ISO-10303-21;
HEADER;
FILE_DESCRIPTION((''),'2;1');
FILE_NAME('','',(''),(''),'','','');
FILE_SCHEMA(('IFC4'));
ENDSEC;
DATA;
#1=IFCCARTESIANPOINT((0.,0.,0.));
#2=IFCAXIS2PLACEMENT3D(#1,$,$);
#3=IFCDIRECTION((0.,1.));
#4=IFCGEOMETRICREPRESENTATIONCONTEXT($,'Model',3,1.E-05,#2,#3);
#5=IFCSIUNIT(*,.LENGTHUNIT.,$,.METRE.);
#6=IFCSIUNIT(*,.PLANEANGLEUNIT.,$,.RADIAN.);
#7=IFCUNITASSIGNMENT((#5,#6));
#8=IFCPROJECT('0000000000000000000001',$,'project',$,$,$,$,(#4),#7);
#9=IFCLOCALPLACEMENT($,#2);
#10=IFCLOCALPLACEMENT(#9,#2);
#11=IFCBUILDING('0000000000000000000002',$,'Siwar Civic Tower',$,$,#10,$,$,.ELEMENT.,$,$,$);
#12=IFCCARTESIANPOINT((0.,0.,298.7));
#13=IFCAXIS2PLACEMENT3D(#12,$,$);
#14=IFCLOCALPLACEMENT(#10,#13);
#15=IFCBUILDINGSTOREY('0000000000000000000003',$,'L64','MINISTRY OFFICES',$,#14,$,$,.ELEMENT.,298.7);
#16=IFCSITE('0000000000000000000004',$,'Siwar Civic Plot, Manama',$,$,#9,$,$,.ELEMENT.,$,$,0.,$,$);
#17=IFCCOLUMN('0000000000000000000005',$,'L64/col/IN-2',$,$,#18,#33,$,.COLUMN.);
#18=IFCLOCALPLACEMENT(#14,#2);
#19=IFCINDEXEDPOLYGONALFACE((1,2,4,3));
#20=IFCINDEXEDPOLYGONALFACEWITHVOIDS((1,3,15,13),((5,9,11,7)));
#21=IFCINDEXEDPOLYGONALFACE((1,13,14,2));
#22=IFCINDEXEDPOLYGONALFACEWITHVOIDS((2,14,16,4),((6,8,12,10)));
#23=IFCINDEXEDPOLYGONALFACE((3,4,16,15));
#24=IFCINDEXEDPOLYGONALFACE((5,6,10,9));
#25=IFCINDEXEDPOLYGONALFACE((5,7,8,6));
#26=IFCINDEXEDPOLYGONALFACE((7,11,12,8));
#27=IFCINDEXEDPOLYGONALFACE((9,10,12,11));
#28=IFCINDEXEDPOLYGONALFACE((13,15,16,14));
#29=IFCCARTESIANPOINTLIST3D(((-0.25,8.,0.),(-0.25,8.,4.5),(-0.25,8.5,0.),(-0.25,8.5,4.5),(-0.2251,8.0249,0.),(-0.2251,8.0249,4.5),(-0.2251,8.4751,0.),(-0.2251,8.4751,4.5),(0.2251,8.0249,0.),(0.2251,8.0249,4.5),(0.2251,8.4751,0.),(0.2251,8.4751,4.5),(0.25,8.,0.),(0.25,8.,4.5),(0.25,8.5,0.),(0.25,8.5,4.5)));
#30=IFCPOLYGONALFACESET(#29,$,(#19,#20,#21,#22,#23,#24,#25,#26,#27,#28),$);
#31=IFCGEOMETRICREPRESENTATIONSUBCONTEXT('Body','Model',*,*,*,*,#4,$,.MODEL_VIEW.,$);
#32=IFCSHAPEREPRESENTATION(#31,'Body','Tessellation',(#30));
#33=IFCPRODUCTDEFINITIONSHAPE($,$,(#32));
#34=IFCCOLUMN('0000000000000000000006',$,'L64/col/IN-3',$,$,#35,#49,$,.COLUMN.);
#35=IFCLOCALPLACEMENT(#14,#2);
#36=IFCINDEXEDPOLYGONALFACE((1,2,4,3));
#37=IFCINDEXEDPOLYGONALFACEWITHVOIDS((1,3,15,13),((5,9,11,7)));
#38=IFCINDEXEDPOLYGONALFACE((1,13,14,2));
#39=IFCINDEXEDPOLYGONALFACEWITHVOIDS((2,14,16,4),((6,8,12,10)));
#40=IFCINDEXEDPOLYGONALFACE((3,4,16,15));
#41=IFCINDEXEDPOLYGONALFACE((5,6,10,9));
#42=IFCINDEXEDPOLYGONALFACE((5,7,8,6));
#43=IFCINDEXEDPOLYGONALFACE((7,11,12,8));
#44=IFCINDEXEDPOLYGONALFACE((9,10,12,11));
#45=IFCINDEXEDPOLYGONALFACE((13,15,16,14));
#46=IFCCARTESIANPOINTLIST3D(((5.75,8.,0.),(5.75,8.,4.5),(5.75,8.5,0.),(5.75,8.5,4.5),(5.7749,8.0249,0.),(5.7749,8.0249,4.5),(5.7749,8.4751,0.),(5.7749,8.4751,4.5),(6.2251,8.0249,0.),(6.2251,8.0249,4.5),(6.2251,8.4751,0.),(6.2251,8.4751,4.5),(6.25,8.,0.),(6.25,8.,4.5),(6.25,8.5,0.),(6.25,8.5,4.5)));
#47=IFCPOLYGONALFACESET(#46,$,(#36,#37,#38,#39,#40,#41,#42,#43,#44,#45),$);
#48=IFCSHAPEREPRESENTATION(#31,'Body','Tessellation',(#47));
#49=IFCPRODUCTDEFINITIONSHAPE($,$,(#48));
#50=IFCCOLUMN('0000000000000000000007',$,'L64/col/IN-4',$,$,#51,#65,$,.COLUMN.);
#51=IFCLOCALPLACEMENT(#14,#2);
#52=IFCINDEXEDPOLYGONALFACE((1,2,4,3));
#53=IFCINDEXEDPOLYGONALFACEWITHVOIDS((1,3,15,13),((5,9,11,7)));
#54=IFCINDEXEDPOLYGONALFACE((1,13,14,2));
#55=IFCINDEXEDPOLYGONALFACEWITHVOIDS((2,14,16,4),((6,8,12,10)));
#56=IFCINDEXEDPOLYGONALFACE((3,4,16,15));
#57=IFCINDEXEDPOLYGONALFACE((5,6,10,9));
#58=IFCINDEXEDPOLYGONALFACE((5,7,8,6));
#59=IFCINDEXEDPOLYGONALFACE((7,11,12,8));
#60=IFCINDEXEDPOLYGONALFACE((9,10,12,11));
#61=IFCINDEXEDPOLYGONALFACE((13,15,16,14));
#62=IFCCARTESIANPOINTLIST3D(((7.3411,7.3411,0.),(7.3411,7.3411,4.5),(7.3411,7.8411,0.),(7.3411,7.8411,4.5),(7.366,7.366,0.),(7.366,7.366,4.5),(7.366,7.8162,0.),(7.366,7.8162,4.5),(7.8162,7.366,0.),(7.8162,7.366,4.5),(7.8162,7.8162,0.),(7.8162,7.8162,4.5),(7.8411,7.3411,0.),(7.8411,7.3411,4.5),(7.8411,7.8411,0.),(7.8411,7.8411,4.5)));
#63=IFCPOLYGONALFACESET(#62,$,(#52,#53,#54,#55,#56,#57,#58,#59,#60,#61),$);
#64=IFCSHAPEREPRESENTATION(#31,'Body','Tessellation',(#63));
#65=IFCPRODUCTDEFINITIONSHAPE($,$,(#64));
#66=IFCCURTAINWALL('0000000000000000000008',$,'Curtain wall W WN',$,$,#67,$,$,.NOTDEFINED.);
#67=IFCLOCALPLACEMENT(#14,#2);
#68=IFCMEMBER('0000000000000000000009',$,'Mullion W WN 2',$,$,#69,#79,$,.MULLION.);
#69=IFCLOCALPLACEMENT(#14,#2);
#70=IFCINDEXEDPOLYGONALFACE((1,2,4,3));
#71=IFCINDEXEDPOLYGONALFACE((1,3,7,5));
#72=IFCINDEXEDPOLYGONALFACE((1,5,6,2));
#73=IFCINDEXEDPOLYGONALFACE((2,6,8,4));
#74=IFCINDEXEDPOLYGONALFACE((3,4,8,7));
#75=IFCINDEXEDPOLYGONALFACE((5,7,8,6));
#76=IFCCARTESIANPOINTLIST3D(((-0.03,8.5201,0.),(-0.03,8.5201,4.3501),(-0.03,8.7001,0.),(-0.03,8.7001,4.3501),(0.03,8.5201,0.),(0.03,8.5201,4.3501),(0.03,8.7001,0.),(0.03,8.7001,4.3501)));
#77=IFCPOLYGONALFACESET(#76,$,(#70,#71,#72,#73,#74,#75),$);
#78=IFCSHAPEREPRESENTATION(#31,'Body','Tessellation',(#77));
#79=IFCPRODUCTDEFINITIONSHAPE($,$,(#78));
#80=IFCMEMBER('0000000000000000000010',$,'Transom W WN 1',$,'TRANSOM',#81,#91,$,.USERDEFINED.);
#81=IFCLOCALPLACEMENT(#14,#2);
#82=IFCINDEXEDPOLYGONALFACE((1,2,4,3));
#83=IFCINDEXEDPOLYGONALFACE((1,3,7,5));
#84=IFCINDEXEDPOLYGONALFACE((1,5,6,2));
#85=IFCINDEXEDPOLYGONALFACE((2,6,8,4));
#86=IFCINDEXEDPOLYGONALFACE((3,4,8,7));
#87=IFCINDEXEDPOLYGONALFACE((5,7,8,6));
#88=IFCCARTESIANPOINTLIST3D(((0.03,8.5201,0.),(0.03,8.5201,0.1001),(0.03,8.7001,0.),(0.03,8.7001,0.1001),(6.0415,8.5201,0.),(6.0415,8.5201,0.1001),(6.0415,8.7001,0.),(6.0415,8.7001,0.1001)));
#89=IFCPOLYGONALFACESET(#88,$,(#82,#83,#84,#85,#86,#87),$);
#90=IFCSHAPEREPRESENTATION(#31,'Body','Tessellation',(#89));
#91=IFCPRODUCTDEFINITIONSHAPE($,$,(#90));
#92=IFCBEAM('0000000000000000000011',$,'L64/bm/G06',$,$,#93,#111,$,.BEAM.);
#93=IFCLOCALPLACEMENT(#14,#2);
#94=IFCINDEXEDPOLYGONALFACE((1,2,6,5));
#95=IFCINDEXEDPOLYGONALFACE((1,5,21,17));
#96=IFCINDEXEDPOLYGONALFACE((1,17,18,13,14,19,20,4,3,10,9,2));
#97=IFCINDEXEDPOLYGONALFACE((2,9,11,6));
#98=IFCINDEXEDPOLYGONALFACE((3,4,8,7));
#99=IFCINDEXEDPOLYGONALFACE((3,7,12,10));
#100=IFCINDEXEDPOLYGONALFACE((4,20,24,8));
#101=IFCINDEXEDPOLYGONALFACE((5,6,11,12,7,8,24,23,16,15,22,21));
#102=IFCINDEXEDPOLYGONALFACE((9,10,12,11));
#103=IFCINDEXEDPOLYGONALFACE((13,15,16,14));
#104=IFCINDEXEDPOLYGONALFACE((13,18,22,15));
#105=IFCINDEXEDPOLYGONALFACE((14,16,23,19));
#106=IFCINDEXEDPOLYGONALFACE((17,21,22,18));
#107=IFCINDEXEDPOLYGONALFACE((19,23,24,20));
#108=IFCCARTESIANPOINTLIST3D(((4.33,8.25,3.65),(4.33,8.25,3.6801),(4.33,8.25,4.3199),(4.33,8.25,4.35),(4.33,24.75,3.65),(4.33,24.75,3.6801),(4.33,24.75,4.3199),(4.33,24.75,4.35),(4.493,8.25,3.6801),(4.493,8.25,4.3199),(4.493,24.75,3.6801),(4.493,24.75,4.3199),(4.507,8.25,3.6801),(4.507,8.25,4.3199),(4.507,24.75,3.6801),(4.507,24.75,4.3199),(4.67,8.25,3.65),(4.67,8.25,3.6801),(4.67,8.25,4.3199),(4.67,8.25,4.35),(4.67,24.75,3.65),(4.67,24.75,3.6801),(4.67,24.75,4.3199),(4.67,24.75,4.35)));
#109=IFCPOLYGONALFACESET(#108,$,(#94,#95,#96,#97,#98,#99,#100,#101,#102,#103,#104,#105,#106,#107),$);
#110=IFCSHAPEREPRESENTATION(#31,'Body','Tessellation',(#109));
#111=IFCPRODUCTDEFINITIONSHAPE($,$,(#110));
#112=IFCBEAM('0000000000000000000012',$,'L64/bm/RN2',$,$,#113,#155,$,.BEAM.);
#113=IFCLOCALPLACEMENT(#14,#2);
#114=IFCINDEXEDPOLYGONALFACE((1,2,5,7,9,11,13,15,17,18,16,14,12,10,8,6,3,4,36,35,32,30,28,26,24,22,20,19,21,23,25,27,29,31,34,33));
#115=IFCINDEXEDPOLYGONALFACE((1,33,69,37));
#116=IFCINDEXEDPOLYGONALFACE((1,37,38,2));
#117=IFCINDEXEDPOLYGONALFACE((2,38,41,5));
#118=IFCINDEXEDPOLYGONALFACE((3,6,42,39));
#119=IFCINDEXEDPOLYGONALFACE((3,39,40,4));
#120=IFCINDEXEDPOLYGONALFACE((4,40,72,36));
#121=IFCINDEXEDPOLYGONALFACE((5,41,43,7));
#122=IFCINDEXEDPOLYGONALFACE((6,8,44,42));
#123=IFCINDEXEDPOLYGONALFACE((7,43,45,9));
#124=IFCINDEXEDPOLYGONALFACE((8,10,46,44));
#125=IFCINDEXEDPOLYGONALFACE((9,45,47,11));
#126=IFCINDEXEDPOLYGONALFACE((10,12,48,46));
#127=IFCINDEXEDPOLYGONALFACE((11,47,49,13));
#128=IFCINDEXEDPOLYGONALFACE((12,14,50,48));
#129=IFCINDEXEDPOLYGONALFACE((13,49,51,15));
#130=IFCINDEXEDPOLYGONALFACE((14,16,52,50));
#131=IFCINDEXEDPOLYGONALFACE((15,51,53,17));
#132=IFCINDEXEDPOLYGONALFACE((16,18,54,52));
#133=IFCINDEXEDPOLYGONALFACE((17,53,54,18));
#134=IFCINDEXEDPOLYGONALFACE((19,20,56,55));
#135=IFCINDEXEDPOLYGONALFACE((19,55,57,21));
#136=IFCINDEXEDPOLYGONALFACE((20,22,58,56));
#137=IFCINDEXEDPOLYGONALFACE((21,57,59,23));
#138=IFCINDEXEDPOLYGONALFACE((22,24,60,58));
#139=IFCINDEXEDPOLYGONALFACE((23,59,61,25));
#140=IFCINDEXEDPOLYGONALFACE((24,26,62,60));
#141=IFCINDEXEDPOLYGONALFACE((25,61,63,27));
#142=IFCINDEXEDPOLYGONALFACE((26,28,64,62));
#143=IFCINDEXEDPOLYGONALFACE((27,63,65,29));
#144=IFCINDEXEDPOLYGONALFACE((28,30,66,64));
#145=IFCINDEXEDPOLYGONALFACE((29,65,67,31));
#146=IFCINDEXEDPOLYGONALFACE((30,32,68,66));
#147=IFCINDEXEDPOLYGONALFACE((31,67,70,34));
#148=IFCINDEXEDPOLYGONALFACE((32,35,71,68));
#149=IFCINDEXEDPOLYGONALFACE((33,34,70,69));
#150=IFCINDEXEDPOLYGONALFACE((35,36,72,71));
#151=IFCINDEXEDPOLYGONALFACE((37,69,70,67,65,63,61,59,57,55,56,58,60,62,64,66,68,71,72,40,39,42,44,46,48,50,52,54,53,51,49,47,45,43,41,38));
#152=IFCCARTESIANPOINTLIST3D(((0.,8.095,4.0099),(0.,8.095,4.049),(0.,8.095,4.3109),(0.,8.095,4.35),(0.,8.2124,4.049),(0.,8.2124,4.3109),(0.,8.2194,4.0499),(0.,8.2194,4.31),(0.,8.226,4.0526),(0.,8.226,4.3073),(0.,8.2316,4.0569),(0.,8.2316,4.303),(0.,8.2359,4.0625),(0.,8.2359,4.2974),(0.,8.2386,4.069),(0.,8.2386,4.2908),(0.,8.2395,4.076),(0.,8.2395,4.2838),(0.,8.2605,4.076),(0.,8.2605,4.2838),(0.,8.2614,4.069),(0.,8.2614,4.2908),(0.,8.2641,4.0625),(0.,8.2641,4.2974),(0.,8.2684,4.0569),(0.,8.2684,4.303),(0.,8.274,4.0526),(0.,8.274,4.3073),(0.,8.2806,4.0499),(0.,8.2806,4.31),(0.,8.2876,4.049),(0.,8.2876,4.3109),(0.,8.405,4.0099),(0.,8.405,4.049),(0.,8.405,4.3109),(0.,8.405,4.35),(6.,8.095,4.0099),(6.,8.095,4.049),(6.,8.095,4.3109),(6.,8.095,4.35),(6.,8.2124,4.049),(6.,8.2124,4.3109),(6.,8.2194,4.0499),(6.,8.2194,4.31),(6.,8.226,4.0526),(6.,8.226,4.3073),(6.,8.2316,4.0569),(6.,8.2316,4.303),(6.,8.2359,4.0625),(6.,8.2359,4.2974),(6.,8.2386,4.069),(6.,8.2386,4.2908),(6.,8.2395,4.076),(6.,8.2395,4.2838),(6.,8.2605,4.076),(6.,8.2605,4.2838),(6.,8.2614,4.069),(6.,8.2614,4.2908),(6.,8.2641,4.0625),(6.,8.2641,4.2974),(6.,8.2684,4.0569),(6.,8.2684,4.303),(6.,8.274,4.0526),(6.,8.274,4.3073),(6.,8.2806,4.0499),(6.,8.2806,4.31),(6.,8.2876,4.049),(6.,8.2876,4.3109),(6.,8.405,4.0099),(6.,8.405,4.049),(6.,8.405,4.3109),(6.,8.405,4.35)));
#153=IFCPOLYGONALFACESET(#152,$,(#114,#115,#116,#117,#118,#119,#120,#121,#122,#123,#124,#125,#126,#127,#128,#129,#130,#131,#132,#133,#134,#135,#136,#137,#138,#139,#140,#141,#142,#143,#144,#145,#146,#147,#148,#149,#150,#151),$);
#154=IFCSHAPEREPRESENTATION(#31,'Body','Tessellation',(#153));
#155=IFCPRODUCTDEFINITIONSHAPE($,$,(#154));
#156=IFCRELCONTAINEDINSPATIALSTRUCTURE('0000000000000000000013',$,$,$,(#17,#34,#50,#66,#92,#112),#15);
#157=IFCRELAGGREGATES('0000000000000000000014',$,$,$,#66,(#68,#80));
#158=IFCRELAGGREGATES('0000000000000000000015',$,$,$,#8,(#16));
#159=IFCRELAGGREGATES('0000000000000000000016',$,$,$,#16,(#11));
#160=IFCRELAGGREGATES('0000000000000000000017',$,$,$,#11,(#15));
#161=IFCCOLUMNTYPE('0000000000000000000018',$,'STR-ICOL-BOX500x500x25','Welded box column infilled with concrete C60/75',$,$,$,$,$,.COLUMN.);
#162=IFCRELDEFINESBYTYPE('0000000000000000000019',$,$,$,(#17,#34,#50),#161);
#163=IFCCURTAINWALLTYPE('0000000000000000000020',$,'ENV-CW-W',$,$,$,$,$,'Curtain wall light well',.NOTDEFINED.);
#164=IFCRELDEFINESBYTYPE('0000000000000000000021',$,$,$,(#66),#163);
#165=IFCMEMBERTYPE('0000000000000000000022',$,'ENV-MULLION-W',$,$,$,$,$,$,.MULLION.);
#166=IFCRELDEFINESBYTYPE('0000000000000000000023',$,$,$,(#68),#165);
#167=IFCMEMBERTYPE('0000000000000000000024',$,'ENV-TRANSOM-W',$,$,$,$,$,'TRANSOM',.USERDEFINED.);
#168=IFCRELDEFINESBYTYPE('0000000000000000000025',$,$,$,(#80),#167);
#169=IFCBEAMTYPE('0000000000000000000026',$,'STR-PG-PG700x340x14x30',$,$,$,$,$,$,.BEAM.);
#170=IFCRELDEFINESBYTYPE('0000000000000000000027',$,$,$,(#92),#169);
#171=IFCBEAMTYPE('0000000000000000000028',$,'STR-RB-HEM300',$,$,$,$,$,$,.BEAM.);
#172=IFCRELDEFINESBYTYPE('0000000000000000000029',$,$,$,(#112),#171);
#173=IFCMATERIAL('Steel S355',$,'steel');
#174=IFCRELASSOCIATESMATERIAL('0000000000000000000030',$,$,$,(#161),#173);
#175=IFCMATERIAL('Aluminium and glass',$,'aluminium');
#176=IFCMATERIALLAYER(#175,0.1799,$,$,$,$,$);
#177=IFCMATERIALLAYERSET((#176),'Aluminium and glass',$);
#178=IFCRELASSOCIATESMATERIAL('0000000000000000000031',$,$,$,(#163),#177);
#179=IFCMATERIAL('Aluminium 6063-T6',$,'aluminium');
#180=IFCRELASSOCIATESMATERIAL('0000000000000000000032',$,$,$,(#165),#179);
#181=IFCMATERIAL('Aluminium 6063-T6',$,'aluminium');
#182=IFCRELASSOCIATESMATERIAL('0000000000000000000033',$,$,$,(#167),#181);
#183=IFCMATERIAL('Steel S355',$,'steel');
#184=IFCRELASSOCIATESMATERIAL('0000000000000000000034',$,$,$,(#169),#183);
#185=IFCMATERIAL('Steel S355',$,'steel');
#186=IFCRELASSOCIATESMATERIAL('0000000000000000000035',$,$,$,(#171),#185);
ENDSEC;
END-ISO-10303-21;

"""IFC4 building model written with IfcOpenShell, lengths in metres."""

from ifc_helpers import new_model, si_unit, direction, frame, origin, origin_2d, place, context, subcontext, project, spatial, rectangle, hollow_rectangle, i_section, extrude, material, layer, layer_set, material_profile, profile_set, type_object, element, aggregate, save


model = new_model("IFC4")

# Units and contexts
model_context = context("Model", 3, precision=1e-05, world=origin(), true_north=direction((0.0, 1.0)))
body_context = subcontext(model_context, "Body", "Model", "MODEL_VIEW")
ifc_project = project(units=[si_unit("LENGTHUNIT", "METRE"), si_unit("PLANEANGLEUNIT", "RADIAN")], contexts=[model_context])

# Site, building, storey
site_placement = place(None, origin())
site = spatial("IfcSite", under=ifc_project, at=site_placement, Name="Siwar Civic Plot, Manama", CompositionType="ELEMENT", RefElevation=0.0)
building_placement = place(site_placement, origin())
building = spatial("IfcBuilding", under=site, at=building_placement, Name="Siwar Civic Tower", CompositionType="ELEMENT")
storey_placement = place(building_placement, frame((0.0, 0.0, 298.7)))
storey = spatial("IfcBuildingStorey", under=building, at=storey_placement, Name="L64", Description="MINISTRY OFFICES", CompositionType="ELEMENT", Elevation=298.7)

# Columns
ifc_material_1 = material(Name="Steel S355", Category="steel")
ifc_material_profile_1 = material_profile(ifc_material_1, hollow_rectangle(XDim=0.5, YDim=0.5, WallThickness=0.0249, at=origin_2d()), Name="BOX500x500x25")
ifc_profile_set_1 = profile_set([ifc_material_profile_1], Name="Steel S355")
column_type = type_object("IfcColumnType", Name="STR-ICOL-BOX500x500x25", Description="Welded box column infilled with concrete C60/75", PredefinedType="COLUMN", material=ifc_profile_set_1)
for number, where, z_axis, x_axis, name in (
    (1, (0.0, 8.25, 0.0), (0.0, 0.0, 1.0), (1.0, 0.0, 0.0), "L64/col/IN-2"),
    (2, (6.0, 8.25, 0.0), (0.0, 0.0, 1.0), (1.0, 0.0, 0.0), "L64/col/IN-3"),
    (3, (7.5911, 7.5911, 0.0), (0.0, 0.0, 1.0), (1.0, 0.0, 0.0), "L64/col/IN-4"),
):
    element("IfcColumn", number, at=place(storey_placement, frame(where, z_axis=z_axis, x_axis=x_axis)), inside=storey, type_object=column_type, Name=name, PredefinedType="COLUMN", context=body_context, shape_type="SweptSolid", body=[
        extrude(hollow_rectangle(XDim=0.5, YDim=0.5, WallThickness=0.0249, at=origin_2d()), origin(), (0.0, 0.0, 1.0), 4.5),
    ])

# Curtain wall, members
ifc_material_2 = material(Name="Aluminium and glass", Category="aluminium")
ifc_layer_1 = layer(ifc_material_2, 0.1799)
ifc_layer_set_1 = layer_set([ifc_layer_1], Name="Aluminium and glass")
curtain_wall_type = type_object("IfcCurtainWallType", Name="ENV-CW-W", ElementType="Curtain wall light well", PredefinedType="NOTDEFINED", material=ifc_layer_set_1)
curtain_wall_placement = place(storey_placement, origin())
curtain_wall = element("IfcCurtainWall", 4, at=curtain_wall_placement, inside=storey, type_object=curtain_wall_type, Name="Curtain wall W WN", PredefinedType="NOTDEFINED")
ifc_material_3 = material(Name="Aluminium 6063-T6", Category="aluminium")
ifc_material_profile_2 = material_profile(ifc_material_3, rectangle(XDim=0.1799, YDim=0.0601, at=origin_2d()), Name="AL 180x60")
ifc_profile_set_2 = profile_set([ifc_material_profile_2], Name="Aluminium 6063-T6")
member_type_1 = type_object("IfcMemberType", Name="ENV-MULLION-W", PredefinedType="MULLION", material=ifc_profile_set_2)
member_1_placement = place(storey_placement, frame((0.0, 8.6101, 0.0), z_axis=(0.0, 0.0, 1.0), x_axis=(0.0, -1.0, 0.0)))
member_1 = element("IfcMember", 5, at=member_1_placement, type_object=member_type_1, Name="Mullion W WN 2", PredefinedType="MULLION", context=body_context, shape_type="SweptSolid", body=[
    extrude(rectangle(XDim=0.1799, YDim=0.0601, at=origin_2d()), origin(), (0.0, 0.0, 1.0), 4.3501),
])
ifc_material_4 = material(Name="Aluminium 6063-T6", Category="aluminium")
ifc_material_profile_3 = material_profile(ifc_material_4, rectangle(XDim=0.1799, YDim=0.1001, at=origin_2d()), Name="AL 180x100")
ifc_profile_set_3 = profile_set([ifc_material_profile_3], Name="Aluminium 6063-T6")
member_type_2 = type_object("IfcMemberType", Name="ENV-TRANSOM-W", ElementType="TRANSOM", PredefinedType="USERDEFINED", material=ifc_profile_set_3)
member_2_placement = place(storey_placement, frame((6.0415, 8.6101, 0.05), z_axis=(-1.0, 0.0, 0.0), x_axis=(0.0, -1.0, 0.0)))
member_2 = element("IfcMember", 6, at=member_2_placement, type_object=member_type_2, Name="Transom W WN 1", ObjectType="TRANSOM", PredefinedType="USERDEFINED", context=body_context, shape_type="SweptSolid", body=[
    extrude(rectangle(XDim=0.1799, YDim=0.1001, at=origin_2d()), origin(), (0.0, 0.0, 1.0), 6.0115),
])

# Beams
ifc_material_5 = material(Name="Steel S355", Category="steel")
ifc_material_profile_4 = material_profile(ifc_material_5, i_section(OverallWidth=0.3401, OverallDepth=0.7, WebThickness=0.0139, FlangeThickness=0.03, at=origin_2d()), Name="PG700x340x14x30")
ifc_profile_set_4 = profile_set([ifc_material_profile_4], Name="Steel S355")
beam_type_1 = type_object("IfcBeamType", Name="STR-PG-PG700x340x14x30", PredefinedType="BEAM", material=ifc_profile_set_4)
beam_1_placement = place(storey_placement, frame((4.5, 8.25, 4.0), z_axis=(0.0, 1.0, 0.0), x_axis=(-1.0, 0.0, 0.0)))
element("IfcBeam", 7, at=beam_1_placement, inside=storey, type_object=beam_type_1, Name="L64/bm/G06", PredefinedType="BEAM", context=body_context, shape_type="SweptSolid", body=[
    extrude(i_section(OverallWidth=0.3401, OverallDepth=0.7, WebThickness=0.0139, FlangeThickness=0.03, at=origin_2d()), origin(), (0.0, 0.0, 1.0), 16.5),
])
ifc_material_6 = material(Name="Steel S355", Category="steel")
ifc_material_profile_5 = material_profile(ifc_material_6, i_section(OverallWidth=0.3101, OverallDepth=0.3401, WebThickness=0.021, FlangeThickness=0.0391, FilletRadius=0.0271, at=origin_2d()), Name="HEM300")
ifc_profile_set_5 = profile_set([ifc_material_profile_5], Name="Steel S355")
beam_type_2 = type_object("IfcBeamType", Name="STR-RB-HEM300", PredefinedType="BEAM", material=ifc_profile_set_5)
beam_2_placement = place(storey_placement, frame((0.0, 8.25, 4.1799), z_axis=(1.0, 0.0, 0.0), x_axis=(0.0, 1.0, 0.0)))
element("IfcBeam", 8, at=beam_2_placement, inside=storey, type_object=beam_type_2, Name="L64/bm/RN2", PredefinedType="BEAM", context=body_context, shape_type="SweptSolid", body=[
    extrude(i_section(OverallWidth=0.3101, OverallDepth=0.3401, WebThickness=0.021, FlangeThickness=0.0391, FilletRadius=0.0271, at=origin_2d()), origin(), (0.0, 0.0, 1.0), 6.0),
])

aggregate(curtain_wall, [member_1, member_2])

save(model, "model.ifc")
